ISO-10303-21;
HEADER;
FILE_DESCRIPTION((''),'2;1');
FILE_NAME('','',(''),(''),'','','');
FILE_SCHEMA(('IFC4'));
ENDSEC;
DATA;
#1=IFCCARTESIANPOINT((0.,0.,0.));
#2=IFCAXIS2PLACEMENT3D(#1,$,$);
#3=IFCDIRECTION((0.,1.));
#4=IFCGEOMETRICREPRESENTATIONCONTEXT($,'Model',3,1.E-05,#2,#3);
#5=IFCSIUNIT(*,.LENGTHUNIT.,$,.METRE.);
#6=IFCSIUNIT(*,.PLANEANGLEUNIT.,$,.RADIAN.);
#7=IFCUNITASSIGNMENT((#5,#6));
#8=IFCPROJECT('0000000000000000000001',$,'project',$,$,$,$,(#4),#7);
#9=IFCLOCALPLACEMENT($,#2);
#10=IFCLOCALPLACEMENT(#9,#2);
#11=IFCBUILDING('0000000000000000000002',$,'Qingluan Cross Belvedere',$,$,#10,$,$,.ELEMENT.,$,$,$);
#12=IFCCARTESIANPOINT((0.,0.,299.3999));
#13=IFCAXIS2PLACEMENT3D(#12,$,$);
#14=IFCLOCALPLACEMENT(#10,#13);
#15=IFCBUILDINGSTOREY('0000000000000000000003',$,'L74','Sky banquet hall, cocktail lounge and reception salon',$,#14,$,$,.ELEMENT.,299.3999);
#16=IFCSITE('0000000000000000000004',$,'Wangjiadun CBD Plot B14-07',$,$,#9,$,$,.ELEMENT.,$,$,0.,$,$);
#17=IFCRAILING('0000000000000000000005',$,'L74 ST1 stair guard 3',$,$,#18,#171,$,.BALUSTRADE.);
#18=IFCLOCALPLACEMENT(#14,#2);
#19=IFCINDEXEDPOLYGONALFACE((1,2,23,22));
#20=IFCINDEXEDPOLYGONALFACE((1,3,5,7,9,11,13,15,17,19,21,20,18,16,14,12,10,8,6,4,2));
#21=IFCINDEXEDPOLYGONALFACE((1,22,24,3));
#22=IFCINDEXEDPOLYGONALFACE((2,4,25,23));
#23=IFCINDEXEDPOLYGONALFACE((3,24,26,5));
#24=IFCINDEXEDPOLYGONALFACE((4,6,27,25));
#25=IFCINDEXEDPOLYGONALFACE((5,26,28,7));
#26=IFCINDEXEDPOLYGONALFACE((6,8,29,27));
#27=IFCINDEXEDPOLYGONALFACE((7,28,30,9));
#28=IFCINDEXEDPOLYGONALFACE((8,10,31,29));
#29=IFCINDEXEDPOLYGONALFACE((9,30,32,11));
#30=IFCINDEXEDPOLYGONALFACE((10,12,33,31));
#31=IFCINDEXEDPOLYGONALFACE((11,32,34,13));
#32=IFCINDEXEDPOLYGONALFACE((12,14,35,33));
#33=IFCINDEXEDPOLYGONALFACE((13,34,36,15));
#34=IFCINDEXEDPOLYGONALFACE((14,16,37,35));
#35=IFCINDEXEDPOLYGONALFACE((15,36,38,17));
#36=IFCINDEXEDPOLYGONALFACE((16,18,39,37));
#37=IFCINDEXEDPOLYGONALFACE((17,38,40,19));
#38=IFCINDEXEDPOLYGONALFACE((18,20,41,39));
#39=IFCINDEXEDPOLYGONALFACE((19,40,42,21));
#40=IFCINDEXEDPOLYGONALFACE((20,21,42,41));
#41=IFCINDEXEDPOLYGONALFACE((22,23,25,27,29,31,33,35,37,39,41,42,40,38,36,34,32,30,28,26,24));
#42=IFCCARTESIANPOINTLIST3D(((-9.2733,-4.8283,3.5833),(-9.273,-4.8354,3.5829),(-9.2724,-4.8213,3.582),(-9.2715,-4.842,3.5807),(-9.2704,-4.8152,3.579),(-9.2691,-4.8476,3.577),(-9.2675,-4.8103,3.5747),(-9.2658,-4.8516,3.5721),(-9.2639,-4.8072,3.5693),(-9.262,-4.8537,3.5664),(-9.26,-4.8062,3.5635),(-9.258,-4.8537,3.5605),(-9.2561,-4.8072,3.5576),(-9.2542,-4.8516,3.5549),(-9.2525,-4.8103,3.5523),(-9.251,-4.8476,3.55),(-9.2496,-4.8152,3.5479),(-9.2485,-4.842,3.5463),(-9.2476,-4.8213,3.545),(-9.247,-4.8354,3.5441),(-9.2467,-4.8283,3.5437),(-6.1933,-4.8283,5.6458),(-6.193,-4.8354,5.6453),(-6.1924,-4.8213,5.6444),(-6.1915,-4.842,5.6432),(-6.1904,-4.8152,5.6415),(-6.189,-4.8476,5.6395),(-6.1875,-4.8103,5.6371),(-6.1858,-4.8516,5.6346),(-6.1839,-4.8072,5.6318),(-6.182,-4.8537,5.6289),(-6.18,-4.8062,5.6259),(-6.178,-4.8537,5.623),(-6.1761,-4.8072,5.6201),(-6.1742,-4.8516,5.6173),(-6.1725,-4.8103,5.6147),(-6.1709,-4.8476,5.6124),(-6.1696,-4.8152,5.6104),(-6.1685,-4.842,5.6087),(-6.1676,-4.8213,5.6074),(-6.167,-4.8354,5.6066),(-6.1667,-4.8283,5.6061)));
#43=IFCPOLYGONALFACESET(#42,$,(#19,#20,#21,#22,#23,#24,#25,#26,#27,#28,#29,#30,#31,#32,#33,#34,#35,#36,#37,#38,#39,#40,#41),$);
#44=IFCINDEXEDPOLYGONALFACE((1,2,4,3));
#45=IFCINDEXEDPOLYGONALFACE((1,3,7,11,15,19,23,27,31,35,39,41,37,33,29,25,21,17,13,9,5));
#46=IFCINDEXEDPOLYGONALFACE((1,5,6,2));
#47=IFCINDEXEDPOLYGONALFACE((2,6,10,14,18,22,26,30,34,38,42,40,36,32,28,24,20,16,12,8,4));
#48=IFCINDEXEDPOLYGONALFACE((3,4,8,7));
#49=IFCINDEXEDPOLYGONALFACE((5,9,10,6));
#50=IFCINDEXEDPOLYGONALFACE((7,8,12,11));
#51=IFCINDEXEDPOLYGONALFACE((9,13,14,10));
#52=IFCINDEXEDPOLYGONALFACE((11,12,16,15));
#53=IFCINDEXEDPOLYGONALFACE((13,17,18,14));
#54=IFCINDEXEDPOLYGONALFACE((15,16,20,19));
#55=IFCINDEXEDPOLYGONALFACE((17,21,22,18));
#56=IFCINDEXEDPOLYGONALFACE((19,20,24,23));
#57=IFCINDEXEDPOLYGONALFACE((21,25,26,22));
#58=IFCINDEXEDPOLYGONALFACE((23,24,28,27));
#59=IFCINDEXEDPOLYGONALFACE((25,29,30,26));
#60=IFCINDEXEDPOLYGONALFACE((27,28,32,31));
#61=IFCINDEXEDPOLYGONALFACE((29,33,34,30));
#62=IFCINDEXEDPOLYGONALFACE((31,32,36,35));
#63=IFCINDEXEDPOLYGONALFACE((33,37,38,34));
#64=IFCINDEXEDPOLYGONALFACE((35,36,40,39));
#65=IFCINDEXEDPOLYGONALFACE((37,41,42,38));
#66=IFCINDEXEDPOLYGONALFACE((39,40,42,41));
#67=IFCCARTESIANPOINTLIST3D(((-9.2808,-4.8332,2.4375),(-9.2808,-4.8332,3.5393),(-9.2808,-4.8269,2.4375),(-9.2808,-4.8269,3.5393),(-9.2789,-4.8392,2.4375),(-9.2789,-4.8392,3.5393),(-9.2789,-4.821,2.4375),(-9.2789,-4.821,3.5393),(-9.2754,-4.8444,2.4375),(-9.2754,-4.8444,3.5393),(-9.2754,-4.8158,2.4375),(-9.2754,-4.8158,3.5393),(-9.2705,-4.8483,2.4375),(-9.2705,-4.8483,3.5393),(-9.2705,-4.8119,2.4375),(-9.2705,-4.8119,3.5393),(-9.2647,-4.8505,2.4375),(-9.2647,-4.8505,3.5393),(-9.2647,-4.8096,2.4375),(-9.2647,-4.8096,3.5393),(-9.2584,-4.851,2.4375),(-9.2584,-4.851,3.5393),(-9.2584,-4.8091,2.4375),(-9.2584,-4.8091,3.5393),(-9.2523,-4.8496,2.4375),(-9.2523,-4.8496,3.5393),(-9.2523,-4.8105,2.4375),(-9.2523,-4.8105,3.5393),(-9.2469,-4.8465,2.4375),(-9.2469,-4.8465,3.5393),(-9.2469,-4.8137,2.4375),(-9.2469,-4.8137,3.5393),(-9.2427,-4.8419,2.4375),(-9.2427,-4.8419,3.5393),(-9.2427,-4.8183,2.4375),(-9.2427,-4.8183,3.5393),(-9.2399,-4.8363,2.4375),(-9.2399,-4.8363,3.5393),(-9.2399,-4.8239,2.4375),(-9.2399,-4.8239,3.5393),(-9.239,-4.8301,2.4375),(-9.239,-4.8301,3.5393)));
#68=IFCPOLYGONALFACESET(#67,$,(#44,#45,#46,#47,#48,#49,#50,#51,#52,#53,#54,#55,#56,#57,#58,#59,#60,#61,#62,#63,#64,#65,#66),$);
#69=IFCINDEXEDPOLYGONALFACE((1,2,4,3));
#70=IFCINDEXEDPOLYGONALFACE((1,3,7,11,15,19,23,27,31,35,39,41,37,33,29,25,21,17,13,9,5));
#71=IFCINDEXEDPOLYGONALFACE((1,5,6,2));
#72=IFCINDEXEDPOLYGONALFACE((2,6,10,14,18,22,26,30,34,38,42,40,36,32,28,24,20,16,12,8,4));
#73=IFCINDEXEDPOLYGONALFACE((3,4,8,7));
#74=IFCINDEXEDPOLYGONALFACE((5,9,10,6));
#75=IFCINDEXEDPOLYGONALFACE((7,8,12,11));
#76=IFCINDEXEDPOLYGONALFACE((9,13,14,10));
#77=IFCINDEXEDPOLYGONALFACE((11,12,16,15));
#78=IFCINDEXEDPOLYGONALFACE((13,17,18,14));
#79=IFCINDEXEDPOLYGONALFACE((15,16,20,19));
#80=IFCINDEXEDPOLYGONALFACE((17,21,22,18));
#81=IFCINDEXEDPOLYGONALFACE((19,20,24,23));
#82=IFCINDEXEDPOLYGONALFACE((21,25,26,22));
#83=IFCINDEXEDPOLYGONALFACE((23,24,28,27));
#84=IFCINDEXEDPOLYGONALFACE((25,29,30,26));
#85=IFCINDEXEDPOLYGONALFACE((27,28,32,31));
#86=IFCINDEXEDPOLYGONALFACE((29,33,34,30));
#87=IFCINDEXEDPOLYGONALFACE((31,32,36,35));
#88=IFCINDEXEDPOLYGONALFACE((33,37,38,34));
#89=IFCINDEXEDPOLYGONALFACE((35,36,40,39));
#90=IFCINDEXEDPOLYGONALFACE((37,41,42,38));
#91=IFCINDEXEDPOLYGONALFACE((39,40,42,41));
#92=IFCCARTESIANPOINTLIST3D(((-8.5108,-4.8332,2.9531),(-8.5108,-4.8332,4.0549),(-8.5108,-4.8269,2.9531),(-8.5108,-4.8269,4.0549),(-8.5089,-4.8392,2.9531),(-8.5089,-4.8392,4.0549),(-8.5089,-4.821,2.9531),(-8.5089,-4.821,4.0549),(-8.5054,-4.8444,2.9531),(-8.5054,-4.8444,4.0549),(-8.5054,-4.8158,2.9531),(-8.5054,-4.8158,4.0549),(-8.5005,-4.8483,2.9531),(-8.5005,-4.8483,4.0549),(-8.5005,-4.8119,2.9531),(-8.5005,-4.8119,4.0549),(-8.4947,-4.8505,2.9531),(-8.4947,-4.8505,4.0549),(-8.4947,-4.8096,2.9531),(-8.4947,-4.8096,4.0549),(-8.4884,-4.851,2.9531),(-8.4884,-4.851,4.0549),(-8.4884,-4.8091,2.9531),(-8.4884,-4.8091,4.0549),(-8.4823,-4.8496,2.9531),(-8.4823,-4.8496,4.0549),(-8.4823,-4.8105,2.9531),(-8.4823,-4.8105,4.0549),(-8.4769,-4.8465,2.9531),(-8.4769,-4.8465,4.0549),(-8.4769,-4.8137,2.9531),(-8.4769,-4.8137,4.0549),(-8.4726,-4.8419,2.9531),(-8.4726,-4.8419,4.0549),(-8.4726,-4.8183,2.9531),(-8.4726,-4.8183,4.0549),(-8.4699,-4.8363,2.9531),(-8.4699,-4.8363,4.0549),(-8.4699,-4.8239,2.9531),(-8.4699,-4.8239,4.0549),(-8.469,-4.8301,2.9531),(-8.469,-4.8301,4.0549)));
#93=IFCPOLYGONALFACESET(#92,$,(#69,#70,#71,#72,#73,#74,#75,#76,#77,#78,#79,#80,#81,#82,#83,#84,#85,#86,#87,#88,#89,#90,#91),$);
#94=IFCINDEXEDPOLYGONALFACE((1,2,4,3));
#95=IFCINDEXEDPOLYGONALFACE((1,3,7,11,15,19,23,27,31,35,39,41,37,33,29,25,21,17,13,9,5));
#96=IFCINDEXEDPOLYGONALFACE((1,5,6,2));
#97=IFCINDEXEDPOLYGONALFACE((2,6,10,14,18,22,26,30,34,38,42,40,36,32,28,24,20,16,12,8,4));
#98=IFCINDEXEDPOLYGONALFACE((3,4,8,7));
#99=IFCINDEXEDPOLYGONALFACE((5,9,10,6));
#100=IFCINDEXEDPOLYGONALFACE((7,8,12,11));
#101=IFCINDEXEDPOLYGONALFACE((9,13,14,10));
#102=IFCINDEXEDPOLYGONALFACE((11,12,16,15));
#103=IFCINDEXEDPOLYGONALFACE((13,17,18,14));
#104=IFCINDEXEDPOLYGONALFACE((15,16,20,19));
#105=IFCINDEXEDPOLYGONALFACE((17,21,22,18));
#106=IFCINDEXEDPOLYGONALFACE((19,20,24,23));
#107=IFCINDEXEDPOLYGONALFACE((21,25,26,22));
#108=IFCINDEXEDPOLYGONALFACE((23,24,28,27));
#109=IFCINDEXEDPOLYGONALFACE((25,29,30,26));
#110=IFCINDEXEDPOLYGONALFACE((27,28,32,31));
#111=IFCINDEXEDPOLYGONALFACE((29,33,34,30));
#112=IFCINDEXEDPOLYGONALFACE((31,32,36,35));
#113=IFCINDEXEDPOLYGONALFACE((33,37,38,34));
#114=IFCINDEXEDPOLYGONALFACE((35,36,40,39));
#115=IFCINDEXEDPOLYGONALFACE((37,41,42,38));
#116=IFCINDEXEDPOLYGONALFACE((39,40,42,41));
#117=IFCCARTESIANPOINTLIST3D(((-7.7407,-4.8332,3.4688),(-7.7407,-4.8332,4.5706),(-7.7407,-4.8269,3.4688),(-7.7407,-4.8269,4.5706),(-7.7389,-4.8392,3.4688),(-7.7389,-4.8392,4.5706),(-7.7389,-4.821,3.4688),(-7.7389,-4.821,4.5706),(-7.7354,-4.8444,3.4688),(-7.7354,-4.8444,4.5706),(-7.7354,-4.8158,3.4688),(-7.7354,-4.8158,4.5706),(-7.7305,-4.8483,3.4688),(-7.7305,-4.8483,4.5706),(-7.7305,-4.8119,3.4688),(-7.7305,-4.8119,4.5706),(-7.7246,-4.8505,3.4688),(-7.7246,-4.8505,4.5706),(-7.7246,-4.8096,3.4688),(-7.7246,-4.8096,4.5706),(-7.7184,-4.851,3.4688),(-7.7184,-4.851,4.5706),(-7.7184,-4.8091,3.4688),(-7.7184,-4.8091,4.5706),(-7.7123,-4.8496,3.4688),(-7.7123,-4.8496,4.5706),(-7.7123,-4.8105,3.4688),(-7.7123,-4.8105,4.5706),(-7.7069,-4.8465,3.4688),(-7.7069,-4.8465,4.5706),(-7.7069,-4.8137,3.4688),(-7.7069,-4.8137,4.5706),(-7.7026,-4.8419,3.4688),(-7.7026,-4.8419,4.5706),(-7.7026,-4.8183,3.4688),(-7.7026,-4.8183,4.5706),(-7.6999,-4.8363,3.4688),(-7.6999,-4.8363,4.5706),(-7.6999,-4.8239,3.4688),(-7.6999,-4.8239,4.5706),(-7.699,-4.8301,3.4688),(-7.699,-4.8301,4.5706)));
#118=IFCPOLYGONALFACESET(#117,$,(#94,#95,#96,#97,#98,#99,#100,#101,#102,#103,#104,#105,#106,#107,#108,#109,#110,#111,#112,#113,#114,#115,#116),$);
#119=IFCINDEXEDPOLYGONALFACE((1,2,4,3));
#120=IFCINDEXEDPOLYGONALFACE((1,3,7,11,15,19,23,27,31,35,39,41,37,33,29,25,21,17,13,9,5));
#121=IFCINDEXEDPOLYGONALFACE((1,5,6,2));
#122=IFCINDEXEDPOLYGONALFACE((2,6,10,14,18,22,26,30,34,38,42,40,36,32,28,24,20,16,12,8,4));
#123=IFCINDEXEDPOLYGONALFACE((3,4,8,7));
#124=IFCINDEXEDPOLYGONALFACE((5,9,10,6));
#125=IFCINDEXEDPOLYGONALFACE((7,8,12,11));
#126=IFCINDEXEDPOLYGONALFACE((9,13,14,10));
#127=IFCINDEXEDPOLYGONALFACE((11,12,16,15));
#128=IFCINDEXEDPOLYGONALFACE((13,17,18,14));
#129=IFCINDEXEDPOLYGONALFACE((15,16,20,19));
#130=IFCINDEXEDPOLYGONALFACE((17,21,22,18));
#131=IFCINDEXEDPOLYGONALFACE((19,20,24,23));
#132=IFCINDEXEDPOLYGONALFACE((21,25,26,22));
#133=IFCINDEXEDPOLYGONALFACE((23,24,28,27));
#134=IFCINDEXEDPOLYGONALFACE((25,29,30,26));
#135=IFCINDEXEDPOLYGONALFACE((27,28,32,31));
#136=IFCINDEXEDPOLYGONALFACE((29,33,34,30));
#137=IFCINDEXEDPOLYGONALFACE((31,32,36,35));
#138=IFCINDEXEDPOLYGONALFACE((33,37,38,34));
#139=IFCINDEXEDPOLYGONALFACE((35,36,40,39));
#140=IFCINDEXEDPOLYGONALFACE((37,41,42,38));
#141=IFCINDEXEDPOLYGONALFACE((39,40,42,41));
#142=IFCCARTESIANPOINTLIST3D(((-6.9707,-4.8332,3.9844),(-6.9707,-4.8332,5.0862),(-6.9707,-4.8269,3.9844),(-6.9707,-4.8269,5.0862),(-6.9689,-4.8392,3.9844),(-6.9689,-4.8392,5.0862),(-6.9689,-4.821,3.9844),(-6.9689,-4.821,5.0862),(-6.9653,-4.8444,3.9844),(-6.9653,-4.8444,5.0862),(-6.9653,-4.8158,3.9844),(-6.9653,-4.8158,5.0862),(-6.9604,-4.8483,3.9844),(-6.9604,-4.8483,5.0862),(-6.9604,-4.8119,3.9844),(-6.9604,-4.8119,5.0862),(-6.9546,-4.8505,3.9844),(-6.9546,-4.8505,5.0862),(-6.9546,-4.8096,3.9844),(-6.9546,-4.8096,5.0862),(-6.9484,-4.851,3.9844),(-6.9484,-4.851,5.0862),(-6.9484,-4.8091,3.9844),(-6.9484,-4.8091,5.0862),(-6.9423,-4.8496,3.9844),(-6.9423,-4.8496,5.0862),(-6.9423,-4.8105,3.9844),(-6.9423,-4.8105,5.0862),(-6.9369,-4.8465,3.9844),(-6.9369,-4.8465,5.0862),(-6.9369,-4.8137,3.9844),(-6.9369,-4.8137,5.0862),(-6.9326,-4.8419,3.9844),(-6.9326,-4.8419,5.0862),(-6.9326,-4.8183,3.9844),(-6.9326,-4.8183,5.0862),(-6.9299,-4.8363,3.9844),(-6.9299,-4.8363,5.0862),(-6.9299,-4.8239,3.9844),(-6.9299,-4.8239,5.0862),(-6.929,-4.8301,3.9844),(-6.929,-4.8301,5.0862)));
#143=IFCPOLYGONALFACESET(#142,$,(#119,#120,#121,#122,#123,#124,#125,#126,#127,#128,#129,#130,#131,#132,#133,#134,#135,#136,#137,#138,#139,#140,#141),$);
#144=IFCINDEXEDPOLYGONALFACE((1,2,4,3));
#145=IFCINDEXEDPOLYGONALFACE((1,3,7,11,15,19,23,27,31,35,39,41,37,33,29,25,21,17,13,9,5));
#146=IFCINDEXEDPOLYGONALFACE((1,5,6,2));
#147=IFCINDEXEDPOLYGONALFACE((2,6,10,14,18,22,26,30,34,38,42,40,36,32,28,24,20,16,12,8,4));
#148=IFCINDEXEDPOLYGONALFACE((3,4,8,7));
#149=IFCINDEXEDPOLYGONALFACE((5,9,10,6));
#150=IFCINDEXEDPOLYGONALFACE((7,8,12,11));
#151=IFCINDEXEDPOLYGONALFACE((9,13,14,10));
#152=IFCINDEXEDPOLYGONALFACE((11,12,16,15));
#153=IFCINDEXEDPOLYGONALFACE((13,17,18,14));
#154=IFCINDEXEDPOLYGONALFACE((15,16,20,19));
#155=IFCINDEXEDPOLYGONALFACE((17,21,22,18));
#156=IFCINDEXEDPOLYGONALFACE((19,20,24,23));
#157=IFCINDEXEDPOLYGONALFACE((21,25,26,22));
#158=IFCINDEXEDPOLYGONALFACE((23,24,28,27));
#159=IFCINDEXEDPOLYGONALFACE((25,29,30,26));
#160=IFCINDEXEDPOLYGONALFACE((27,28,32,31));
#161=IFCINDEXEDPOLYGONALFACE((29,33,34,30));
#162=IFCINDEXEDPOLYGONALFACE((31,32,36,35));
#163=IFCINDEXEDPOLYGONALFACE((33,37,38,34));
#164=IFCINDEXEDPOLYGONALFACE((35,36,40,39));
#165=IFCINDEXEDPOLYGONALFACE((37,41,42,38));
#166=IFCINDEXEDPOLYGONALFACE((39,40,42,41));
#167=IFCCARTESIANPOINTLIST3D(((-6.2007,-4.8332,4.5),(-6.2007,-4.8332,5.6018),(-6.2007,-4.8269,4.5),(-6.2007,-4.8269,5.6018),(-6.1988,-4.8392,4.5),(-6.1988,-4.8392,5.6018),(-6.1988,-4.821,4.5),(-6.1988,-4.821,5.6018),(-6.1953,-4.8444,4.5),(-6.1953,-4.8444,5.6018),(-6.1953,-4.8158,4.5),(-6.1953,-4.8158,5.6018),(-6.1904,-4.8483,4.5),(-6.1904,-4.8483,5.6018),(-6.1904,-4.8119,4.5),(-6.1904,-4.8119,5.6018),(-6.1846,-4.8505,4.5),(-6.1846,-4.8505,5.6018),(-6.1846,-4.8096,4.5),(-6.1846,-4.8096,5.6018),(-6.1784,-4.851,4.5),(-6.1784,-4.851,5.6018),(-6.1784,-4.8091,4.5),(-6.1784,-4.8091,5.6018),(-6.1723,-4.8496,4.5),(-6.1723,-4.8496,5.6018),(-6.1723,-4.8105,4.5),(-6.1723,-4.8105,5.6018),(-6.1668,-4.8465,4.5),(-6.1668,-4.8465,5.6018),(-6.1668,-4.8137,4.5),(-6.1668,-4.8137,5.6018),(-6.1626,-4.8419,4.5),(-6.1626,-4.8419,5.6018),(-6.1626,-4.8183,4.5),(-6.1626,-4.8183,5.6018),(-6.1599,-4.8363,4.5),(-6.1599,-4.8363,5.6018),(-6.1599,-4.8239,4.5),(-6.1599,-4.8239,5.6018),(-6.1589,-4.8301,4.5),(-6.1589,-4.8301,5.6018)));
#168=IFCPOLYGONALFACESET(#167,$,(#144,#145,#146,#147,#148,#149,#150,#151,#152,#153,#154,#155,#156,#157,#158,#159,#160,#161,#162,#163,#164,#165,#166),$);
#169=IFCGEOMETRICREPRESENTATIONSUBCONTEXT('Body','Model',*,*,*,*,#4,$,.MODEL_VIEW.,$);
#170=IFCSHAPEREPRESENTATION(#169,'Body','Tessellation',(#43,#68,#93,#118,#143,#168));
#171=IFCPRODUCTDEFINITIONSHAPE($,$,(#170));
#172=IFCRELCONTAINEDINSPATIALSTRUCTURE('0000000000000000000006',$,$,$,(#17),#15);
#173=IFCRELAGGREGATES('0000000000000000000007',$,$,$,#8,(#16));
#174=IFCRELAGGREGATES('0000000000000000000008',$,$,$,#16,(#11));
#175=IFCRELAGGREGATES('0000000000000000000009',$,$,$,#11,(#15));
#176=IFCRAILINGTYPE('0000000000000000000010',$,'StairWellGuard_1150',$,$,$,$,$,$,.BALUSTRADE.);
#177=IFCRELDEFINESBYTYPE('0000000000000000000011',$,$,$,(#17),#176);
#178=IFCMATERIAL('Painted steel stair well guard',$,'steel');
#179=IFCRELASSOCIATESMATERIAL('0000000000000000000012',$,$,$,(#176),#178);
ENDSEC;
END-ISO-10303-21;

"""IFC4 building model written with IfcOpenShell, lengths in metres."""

from ifc_helpers import new_model, si_unit, direction, frame, origin, origin_2d, place, context, subcontext, project, spatial, circle, extrude, material, type_object, element, save


model = new_model("IFC4")

# Units and contexts
model_context = context("Model", 3, precision=1e-05, world=origin(), true_north=direction((0.0, 1.0)))
body_context = subcontext(model_context, "Body", "Model", "MODEL_VIEW")
ifc_project = project(units=[si_unit("LENGTHUNIT", "METRE"), si_unit("PLANEANGLEUNIT", "RADIAN")], contexts=[model_context])

# Site, building, storey
site_placement = place(None, origin())
site = spatial("IfcSite", under=ifc_project, at=site_placement, Name="Wangjiadun CBD Plot B14-07", CompositionType="ELEMENT", RefElevation=0.0)
building_placement = place(site_placement, origin())
building = spatial("IfcBuilding", under=site, at=building_placement, Name="Qingluan Cross Belvedere", CompositionType="ELEMENT")
storey_placement = place(building_placement, frame((0.0, 0.0, 299.3999)))
storey = spatial("IfcBuildingStorey", under=building, at=storey_placement, Name="L74", Description="Sky banquet hall, cocktail lounge and reception salon", CompositionType="ELEMENT", Elevation=299.3999)

# Railing
ifc_material_1 = material(Name="Painted steel stair well guard", Category="steel")
railing_type_1 = type_object("IfcRailingType", Name="StairWellGuard_1150", PredefinedType="BALUSTRADE", material=ifc_material_1)
railing_1_placement = place(storey_placement, frame((-9.26, -4.8301, 2.4375)))
element("IfcRailing", 1, at=railing_1_placement, inside=storey, type_object=railing_type_1, Name="L74 ST1 stair guard 3", PredefinedType="BALUSTRADE", context=body_context, shape_type="SweptSolid", body=[
    extrude(circle(Radius=0.0239, at=origin_2d()), frame((0.0, 0.0, 1.126), z_axis=(0.830914, 0.0, 0.556401), x_axis=(0.0, 1.0, 0.0)), (0.0, 0.0, 1.0), 3.7068),
    extrude(circle(Radius=0.021, at=origin_2d()), origin(), (0.0, 0.0, 1.0), 1.1018),
    extrude(circle(Radius=0.021, at=origin_2d()), frame((0.77, 0.0, 0.5156)), (0.0, 0.0, 1.0), 1.1018),
    extrude(circle(Radius=0.021, at=origin_2d()), frame((1.54, 0.0, 1.0312)), (0.0, 0.0, 1.0), 1.1018),
    extrude(circle(Radius=0.021, at=origin_2d()), frame((2.3101, 0.0, 1.5469)), (0.0, 0.0, 1.0), 1.1018),
    extrude(circle(Radius=0.021, at=origin_2d()), frame((3.0801, 0.0, 2.0625)), (0.0, 0.0, 1.0), 1.1018),
])

save(model, "model.ifc")
